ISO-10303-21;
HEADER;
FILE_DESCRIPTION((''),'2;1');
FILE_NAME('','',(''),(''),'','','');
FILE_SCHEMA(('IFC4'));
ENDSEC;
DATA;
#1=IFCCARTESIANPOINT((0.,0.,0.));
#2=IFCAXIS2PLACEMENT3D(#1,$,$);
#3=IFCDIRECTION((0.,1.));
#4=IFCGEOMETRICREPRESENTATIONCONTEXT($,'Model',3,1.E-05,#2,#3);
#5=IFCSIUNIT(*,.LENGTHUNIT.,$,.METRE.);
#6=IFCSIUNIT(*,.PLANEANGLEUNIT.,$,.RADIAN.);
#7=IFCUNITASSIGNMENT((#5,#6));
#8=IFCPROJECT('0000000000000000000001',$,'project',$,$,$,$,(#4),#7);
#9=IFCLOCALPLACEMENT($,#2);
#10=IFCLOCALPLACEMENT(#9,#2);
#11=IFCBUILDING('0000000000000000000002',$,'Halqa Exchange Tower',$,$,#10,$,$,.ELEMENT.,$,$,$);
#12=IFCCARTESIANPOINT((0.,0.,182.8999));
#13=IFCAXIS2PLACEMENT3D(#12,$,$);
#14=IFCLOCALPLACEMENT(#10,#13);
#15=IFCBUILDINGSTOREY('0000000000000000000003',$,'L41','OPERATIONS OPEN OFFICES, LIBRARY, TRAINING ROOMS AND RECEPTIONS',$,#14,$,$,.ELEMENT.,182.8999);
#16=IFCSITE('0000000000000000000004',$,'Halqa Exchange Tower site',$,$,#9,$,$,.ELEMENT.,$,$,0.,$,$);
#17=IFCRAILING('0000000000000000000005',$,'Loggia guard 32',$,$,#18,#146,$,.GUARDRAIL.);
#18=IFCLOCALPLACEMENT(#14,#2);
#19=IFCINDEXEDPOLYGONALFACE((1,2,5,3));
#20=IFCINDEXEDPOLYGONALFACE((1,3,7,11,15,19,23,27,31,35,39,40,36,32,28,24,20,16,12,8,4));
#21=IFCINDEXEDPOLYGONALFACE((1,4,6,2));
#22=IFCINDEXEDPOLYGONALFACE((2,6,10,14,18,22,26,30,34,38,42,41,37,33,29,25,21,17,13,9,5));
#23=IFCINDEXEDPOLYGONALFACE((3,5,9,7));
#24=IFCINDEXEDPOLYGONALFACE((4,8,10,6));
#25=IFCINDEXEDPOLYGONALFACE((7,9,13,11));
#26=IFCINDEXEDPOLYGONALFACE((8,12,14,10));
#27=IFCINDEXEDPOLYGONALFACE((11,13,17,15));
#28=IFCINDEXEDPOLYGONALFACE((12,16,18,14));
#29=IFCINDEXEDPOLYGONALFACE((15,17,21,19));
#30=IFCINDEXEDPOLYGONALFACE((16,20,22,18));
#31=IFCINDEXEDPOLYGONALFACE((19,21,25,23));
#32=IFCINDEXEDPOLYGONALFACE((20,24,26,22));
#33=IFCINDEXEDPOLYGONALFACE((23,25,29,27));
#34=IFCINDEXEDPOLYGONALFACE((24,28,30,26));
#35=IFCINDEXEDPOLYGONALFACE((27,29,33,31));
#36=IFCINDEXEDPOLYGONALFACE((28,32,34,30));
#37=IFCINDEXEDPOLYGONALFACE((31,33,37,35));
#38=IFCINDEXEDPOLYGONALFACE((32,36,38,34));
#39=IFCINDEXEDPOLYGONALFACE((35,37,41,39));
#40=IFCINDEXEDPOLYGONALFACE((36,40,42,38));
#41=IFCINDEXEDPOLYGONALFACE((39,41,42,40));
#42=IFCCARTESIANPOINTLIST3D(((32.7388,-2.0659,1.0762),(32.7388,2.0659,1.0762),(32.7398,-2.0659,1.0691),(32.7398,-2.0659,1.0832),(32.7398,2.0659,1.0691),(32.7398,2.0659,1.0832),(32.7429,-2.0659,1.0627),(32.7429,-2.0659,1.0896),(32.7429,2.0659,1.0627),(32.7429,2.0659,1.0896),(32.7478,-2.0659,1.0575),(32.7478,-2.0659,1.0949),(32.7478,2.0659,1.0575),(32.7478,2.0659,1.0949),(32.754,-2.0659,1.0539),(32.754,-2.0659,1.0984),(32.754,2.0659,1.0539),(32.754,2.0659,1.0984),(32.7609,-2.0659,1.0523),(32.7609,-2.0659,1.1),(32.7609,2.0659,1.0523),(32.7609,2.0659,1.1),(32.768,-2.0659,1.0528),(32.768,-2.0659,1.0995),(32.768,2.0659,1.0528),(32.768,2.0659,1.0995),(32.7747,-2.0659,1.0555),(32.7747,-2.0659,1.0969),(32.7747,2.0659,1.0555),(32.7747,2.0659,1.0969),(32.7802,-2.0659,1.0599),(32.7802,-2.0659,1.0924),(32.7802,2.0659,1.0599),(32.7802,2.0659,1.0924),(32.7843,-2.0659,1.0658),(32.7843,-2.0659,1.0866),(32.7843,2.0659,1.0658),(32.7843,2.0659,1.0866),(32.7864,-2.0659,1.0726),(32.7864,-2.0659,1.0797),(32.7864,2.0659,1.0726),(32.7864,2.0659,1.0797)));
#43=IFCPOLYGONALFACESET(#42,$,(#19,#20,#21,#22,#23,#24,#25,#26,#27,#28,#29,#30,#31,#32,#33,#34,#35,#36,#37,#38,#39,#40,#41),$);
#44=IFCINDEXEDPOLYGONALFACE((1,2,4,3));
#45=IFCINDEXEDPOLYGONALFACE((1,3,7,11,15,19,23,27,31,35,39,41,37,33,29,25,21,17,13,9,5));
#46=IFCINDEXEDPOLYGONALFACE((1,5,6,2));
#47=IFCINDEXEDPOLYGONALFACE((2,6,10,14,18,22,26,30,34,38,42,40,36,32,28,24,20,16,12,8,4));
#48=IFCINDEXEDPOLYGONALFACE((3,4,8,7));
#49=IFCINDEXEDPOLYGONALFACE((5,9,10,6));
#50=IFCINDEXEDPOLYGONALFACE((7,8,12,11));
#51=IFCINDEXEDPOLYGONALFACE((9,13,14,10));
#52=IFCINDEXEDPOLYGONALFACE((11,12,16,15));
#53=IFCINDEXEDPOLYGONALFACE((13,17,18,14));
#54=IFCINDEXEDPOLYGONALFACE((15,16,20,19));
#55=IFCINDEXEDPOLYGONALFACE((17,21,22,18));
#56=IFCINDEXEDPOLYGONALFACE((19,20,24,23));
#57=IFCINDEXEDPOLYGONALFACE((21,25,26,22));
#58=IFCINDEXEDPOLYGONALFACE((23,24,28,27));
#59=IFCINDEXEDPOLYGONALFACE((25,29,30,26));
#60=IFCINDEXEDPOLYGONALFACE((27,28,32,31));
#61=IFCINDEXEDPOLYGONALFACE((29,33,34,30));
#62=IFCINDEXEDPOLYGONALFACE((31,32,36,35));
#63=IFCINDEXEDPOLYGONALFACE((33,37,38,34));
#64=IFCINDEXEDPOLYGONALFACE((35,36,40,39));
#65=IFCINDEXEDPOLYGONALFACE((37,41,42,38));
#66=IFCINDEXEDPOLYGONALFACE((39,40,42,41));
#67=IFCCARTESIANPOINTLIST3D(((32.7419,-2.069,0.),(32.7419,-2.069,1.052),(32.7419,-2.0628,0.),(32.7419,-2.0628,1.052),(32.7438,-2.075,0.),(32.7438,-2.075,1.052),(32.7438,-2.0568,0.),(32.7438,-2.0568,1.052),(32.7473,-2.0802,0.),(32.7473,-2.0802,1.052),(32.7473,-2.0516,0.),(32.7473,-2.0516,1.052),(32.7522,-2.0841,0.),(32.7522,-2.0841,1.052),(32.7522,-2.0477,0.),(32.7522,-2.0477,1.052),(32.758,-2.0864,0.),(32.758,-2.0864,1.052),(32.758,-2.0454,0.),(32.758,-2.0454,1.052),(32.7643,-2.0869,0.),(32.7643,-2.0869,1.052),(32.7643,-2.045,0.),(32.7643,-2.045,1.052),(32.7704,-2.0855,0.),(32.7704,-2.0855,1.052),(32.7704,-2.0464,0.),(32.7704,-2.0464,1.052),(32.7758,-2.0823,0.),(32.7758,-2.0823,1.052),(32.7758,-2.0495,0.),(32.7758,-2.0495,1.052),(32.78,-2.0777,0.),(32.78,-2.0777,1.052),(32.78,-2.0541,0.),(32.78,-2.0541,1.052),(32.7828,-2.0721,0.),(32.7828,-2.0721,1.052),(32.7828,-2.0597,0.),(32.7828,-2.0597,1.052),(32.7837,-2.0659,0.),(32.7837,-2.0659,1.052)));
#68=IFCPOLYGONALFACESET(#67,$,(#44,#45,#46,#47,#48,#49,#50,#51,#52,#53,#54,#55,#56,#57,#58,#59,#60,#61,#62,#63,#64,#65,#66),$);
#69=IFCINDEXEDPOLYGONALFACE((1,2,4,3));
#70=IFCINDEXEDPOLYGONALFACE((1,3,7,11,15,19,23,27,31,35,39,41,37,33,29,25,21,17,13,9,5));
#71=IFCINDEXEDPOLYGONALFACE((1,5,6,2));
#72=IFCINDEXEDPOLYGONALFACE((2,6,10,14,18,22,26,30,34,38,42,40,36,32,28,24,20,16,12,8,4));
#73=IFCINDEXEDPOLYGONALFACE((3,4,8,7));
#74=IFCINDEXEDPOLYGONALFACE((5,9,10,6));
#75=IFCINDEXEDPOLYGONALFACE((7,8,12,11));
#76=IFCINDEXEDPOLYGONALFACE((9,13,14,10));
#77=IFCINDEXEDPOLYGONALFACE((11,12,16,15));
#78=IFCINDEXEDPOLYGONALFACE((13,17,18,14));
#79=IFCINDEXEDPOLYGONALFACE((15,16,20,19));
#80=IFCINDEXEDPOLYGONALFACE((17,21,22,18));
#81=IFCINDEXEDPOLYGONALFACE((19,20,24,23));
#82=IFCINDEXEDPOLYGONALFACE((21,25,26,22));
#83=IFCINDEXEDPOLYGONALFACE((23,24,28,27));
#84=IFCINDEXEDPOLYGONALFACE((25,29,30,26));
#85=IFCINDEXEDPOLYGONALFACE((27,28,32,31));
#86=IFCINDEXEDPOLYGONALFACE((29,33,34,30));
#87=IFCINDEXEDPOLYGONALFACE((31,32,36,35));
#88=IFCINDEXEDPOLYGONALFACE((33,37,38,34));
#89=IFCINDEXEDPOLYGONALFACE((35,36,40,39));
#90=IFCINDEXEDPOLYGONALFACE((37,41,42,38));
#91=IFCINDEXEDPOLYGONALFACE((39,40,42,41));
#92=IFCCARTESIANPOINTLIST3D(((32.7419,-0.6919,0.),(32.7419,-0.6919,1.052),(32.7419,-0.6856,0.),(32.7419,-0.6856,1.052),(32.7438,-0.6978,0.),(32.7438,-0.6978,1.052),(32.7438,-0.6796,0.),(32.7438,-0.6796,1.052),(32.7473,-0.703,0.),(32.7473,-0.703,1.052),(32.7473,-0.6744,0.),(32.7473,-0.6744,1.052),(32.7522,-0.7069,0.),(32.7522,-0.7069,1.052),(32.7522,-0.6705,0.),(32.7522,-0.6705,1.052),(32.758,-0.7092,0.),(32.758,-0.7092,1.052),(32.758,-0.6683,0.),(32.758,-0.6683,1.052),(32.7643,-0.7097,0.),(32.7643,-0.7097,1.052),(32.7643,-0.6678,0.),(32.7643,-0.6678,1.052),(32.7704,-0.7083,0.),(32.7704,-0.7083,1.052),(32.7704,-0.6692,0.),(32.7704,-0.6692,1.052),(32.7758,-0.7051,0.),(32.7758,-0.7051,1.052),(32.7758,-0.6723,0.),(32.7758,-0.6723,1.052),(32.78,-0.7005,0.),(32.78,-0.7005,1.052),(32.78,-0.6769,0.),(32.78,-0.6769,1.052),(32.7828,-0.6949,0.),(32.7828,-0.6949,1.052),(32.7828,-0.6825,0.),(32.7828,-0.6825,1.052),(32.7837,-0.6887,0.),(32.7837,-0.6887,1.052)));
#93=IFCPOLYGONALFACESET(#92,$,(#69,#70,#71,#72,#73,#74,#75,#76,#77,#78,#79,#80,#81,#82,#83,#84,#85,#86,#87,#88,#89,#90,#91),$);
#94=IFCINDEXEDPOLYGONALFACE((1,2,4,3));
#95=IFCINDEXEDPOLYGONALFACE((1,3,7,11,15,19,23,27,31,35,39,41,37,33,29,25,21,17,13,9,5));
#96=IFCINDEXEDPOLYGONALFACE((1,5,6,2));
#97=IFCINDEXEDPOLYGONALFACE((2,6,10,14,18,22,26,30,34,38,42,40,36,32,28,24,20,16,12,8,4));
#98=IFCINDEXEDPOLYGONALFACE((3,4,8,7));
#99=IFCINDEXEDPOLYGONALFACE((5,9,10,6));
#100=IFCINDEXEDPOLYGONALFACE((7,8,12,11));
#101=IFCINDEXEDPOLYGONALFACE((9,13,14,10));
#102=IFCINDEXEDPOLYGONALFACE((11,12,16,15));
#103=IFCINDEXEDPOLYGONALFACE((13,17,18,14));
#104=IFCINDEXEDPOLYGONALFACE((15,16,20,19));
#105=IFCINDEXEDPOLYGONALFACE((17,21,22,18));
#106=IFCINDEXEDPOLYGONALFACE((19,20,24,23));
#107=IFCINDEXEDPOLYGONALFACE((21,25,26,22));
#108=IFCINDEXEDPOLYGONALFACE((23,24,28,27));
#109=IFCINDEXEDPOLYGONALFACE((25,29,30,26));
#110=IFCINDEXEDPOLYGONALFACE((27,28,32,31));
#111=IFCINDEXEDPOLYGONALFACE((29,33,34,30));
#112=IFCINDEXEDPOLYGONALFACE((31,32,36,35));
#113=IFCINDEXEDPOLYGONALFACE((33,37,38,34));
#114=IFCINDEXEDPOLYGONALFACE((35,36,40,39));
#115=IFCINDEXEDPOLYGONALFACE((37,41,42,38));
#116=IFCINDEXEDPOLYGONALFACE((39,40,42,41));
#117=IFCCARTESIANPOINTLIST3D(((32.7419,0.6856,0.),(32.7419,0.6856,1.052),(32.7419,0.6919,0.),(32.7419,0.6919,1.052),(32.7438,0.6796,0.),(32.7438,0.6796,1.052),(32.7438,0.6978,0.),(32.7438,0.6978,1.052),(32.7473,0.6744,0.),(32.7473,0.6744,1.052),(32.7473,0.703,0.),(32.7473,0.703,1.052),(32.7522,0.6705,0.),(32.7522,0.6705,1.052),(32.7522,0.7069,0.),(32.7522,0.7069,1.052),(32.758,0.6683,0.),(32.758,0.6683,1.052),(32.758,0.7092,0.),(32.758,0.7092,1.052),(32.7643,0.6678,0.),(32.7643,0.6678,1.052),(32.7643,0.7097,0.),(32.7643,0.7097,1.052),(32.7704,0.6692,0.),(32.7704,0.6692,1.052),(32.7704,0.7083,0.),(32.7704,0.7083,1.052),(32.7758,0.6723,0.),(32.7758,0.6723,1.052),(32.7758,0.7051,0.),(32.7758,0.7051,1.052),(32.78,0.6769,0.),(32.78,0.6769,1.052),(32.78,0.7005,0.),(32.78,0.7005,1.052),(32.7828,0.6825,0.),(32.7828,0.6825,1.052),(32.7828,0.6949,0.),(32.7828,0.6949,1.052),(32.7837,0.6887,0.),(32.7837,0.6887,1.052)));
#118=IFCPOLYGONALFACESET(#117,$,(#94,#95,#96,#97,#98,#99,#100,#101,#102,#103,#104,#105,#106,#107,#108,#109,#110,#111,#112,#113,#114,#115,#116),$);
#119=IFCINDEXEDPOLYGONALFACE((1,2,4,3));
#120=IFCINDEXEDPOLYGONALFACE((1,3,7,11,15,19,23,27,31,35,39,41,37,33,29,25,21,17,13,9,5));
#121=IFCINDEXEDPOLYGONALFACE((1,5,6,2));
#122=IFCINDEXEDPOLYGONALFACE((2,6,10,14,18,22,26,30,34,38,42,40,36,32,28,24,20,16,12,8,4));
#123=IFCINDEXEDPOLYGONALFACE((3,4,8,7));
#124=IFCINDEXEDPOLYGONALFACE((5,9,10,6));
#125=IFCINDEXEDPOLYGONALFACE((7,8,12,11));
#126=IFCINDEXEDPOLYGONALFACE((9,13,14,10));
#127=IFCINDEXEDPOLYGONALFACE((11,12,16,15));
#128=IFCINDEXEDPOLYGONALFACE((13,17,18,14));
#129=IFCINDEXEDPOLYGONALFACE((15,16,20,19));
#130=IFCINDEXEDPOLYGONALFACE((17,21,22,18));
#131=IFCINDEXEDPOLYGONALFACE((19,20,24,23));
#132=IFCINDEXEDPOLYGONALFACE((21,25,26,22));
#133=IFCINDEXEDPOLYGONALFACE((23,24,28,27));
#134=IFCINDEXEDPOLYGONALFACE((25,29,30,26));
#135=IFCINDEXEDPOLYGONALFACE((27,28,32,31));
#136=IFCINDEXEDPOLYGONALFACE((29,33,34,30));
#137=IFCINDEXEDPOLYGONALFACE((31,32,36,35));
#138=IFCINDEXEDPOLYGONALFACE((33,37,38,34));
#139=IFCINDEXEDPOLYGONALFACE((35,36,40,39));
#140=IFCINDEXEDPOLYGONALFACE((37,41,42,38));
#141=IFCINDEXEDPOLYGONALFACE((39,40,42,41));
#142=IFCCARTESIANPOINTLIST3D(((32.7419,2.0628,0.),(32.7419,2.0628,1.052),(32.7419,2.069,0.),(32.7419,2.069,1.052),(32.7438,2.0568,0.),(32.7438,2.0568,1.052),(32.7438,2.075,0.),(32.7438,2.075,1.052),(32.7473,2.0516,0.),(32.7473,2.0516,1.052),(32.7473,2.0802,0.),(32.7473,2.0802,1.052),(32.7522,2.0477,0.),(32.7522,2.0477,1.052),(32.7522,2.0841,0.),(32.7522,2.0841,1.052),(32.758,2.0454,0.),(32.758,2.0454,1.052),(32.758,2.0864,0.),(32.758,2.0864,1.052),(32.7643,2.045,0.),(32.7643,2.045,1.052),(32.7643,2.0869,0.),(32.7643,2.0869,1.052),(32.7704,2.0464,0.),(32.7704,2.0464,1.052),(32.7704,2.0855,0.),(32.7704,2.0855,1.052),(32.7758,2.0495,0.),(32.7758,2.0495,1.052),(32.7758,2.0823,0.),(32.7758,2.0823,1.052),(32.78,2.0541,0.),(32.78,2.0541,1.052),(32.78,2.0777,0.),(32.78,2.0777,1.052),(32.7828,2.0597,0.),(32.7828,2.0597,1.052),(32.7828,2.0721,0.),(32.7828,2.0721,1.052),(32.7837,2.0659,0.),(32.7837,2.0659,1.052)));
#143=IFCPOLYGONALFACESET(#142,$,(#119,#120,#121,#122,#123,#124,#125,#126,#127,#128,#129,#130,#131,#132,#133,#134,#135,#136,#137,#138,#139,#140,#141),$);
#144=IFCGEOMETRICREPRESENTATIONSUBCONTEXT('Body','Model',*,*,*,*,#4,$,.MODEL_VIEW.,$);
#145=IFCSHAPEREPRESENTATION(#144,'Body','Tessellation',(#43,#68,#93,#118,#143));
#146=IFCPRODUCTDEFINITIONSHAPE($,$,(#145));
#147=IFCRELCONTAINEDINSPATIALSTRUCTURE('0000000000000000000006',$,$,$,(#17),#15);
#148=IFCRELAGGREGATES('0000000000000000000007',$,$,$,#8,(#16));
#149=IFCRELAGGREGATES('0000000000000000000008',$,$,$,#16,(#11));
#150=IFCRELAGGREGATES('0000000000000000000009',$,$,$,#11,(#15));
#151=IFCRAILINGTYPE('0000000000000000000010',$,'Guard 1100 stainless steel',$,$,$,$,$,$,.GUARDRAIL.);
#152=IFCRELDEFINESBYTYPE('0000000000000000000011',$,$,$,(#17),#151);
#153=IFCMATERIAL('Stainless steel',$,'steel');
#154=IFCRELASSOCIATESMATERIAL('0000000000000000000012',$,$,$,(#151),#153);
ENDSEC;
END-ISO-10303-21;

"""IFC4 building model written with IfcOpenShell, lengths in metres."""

from ifc_helpers import new_model, si_unit, direction, frame, origin, origin_2d, place, context, subcontext, project, spatial, circle, extrude, material, type_object, element, save


model = new_model("IFC4")

# Units and contexts
model_context = context("Model", 3, precision=1e-05, world=origin(), true_north=direction((0.0, 1.0)))
body_context = subcontext(model_context, "Body", "Model", "MODEL_VIEW")
ifc_project = project(units=[si_unit("LENGTHUNIT", "METRE"), si_unit("PLANEANGLEUNIT", "RADIAN")], contexts=[model_context])

# Site, building, storey
site_placement = place(None, origin())
site = spatial("IfcSite", under=ifc_project, at=site_placement, Name="Halqa Exchange Tower site", CompositionType="ELEMENT", RefElevation=0.0)
building_placement = place(site_placement, origin())
building = spatial("IfcBuilding", under=site, at=building_placement, Name="Halqa Exchange Tower", CompositionType="ELEMENT")
storey_placement = place(building_placement, frame((0.0, 0.0, 182.8999)))
storey = spatial("IfcBuildingStorey", under=building, at=storey_placement, Name="L41", Description="OPERATIONS OPEN OFFICES, LIBRARY, TRAINING ROOMS AND RECEPTIONS", CompositionType="ELEMENT", Elevation=182.8999)

# Railing
ifc_material_1 = material(Name="Stainless steel", Category="steel")
railing_type = type_object("IfcRailingType", Name="Guard 1100 stainless steel", PredefinedType="GUARDRAIL", material=ifc_material_1)
railing_1_placement = place(storey_placement, frame((32.7627, -2.0659, 0.0)))
element("IfcRailing", 1, at=railing_1_placement, inside=storey, type_object=railing_type, Name="Loggia guard 32", PredefinedType="GUARDRAIL", context=body_context, shape_type="SweptSolid", body=[
    extrude(circle(Radius=0.0239, at=origin_2d()), frame((0.0, 0.0, 1.0762), z_axis=(0.0, 1.0, 0.0), x_axis=(-1.0, 0.0, 0.0)), (0.0, 0.0, 1.0), 4.1318),
    extrude(circle(Radius=0.021, at=origin_2d()), origin(), (0.0, 0.0, 1.0), 1.052),
    extrude(circle(Radius=0.021, at=origin_2d()), frame((0.0, 1.3772, 0.0)), (0.0, 0.0, 1.0), 1.052),
    extrude(circle(Radius=0.021, at=origin_2d()), frame((0.0, 2.7546, 0.0)), (0.0, 0.0, 1.0), 1.052),
    extrude(circle(Radius=0.021, at=origin_2d()), frame((0.0, 4.1318, 0.0)), (0.0, 0.0, 1.0), 1.052),
])

save(model, "model.ifc")
